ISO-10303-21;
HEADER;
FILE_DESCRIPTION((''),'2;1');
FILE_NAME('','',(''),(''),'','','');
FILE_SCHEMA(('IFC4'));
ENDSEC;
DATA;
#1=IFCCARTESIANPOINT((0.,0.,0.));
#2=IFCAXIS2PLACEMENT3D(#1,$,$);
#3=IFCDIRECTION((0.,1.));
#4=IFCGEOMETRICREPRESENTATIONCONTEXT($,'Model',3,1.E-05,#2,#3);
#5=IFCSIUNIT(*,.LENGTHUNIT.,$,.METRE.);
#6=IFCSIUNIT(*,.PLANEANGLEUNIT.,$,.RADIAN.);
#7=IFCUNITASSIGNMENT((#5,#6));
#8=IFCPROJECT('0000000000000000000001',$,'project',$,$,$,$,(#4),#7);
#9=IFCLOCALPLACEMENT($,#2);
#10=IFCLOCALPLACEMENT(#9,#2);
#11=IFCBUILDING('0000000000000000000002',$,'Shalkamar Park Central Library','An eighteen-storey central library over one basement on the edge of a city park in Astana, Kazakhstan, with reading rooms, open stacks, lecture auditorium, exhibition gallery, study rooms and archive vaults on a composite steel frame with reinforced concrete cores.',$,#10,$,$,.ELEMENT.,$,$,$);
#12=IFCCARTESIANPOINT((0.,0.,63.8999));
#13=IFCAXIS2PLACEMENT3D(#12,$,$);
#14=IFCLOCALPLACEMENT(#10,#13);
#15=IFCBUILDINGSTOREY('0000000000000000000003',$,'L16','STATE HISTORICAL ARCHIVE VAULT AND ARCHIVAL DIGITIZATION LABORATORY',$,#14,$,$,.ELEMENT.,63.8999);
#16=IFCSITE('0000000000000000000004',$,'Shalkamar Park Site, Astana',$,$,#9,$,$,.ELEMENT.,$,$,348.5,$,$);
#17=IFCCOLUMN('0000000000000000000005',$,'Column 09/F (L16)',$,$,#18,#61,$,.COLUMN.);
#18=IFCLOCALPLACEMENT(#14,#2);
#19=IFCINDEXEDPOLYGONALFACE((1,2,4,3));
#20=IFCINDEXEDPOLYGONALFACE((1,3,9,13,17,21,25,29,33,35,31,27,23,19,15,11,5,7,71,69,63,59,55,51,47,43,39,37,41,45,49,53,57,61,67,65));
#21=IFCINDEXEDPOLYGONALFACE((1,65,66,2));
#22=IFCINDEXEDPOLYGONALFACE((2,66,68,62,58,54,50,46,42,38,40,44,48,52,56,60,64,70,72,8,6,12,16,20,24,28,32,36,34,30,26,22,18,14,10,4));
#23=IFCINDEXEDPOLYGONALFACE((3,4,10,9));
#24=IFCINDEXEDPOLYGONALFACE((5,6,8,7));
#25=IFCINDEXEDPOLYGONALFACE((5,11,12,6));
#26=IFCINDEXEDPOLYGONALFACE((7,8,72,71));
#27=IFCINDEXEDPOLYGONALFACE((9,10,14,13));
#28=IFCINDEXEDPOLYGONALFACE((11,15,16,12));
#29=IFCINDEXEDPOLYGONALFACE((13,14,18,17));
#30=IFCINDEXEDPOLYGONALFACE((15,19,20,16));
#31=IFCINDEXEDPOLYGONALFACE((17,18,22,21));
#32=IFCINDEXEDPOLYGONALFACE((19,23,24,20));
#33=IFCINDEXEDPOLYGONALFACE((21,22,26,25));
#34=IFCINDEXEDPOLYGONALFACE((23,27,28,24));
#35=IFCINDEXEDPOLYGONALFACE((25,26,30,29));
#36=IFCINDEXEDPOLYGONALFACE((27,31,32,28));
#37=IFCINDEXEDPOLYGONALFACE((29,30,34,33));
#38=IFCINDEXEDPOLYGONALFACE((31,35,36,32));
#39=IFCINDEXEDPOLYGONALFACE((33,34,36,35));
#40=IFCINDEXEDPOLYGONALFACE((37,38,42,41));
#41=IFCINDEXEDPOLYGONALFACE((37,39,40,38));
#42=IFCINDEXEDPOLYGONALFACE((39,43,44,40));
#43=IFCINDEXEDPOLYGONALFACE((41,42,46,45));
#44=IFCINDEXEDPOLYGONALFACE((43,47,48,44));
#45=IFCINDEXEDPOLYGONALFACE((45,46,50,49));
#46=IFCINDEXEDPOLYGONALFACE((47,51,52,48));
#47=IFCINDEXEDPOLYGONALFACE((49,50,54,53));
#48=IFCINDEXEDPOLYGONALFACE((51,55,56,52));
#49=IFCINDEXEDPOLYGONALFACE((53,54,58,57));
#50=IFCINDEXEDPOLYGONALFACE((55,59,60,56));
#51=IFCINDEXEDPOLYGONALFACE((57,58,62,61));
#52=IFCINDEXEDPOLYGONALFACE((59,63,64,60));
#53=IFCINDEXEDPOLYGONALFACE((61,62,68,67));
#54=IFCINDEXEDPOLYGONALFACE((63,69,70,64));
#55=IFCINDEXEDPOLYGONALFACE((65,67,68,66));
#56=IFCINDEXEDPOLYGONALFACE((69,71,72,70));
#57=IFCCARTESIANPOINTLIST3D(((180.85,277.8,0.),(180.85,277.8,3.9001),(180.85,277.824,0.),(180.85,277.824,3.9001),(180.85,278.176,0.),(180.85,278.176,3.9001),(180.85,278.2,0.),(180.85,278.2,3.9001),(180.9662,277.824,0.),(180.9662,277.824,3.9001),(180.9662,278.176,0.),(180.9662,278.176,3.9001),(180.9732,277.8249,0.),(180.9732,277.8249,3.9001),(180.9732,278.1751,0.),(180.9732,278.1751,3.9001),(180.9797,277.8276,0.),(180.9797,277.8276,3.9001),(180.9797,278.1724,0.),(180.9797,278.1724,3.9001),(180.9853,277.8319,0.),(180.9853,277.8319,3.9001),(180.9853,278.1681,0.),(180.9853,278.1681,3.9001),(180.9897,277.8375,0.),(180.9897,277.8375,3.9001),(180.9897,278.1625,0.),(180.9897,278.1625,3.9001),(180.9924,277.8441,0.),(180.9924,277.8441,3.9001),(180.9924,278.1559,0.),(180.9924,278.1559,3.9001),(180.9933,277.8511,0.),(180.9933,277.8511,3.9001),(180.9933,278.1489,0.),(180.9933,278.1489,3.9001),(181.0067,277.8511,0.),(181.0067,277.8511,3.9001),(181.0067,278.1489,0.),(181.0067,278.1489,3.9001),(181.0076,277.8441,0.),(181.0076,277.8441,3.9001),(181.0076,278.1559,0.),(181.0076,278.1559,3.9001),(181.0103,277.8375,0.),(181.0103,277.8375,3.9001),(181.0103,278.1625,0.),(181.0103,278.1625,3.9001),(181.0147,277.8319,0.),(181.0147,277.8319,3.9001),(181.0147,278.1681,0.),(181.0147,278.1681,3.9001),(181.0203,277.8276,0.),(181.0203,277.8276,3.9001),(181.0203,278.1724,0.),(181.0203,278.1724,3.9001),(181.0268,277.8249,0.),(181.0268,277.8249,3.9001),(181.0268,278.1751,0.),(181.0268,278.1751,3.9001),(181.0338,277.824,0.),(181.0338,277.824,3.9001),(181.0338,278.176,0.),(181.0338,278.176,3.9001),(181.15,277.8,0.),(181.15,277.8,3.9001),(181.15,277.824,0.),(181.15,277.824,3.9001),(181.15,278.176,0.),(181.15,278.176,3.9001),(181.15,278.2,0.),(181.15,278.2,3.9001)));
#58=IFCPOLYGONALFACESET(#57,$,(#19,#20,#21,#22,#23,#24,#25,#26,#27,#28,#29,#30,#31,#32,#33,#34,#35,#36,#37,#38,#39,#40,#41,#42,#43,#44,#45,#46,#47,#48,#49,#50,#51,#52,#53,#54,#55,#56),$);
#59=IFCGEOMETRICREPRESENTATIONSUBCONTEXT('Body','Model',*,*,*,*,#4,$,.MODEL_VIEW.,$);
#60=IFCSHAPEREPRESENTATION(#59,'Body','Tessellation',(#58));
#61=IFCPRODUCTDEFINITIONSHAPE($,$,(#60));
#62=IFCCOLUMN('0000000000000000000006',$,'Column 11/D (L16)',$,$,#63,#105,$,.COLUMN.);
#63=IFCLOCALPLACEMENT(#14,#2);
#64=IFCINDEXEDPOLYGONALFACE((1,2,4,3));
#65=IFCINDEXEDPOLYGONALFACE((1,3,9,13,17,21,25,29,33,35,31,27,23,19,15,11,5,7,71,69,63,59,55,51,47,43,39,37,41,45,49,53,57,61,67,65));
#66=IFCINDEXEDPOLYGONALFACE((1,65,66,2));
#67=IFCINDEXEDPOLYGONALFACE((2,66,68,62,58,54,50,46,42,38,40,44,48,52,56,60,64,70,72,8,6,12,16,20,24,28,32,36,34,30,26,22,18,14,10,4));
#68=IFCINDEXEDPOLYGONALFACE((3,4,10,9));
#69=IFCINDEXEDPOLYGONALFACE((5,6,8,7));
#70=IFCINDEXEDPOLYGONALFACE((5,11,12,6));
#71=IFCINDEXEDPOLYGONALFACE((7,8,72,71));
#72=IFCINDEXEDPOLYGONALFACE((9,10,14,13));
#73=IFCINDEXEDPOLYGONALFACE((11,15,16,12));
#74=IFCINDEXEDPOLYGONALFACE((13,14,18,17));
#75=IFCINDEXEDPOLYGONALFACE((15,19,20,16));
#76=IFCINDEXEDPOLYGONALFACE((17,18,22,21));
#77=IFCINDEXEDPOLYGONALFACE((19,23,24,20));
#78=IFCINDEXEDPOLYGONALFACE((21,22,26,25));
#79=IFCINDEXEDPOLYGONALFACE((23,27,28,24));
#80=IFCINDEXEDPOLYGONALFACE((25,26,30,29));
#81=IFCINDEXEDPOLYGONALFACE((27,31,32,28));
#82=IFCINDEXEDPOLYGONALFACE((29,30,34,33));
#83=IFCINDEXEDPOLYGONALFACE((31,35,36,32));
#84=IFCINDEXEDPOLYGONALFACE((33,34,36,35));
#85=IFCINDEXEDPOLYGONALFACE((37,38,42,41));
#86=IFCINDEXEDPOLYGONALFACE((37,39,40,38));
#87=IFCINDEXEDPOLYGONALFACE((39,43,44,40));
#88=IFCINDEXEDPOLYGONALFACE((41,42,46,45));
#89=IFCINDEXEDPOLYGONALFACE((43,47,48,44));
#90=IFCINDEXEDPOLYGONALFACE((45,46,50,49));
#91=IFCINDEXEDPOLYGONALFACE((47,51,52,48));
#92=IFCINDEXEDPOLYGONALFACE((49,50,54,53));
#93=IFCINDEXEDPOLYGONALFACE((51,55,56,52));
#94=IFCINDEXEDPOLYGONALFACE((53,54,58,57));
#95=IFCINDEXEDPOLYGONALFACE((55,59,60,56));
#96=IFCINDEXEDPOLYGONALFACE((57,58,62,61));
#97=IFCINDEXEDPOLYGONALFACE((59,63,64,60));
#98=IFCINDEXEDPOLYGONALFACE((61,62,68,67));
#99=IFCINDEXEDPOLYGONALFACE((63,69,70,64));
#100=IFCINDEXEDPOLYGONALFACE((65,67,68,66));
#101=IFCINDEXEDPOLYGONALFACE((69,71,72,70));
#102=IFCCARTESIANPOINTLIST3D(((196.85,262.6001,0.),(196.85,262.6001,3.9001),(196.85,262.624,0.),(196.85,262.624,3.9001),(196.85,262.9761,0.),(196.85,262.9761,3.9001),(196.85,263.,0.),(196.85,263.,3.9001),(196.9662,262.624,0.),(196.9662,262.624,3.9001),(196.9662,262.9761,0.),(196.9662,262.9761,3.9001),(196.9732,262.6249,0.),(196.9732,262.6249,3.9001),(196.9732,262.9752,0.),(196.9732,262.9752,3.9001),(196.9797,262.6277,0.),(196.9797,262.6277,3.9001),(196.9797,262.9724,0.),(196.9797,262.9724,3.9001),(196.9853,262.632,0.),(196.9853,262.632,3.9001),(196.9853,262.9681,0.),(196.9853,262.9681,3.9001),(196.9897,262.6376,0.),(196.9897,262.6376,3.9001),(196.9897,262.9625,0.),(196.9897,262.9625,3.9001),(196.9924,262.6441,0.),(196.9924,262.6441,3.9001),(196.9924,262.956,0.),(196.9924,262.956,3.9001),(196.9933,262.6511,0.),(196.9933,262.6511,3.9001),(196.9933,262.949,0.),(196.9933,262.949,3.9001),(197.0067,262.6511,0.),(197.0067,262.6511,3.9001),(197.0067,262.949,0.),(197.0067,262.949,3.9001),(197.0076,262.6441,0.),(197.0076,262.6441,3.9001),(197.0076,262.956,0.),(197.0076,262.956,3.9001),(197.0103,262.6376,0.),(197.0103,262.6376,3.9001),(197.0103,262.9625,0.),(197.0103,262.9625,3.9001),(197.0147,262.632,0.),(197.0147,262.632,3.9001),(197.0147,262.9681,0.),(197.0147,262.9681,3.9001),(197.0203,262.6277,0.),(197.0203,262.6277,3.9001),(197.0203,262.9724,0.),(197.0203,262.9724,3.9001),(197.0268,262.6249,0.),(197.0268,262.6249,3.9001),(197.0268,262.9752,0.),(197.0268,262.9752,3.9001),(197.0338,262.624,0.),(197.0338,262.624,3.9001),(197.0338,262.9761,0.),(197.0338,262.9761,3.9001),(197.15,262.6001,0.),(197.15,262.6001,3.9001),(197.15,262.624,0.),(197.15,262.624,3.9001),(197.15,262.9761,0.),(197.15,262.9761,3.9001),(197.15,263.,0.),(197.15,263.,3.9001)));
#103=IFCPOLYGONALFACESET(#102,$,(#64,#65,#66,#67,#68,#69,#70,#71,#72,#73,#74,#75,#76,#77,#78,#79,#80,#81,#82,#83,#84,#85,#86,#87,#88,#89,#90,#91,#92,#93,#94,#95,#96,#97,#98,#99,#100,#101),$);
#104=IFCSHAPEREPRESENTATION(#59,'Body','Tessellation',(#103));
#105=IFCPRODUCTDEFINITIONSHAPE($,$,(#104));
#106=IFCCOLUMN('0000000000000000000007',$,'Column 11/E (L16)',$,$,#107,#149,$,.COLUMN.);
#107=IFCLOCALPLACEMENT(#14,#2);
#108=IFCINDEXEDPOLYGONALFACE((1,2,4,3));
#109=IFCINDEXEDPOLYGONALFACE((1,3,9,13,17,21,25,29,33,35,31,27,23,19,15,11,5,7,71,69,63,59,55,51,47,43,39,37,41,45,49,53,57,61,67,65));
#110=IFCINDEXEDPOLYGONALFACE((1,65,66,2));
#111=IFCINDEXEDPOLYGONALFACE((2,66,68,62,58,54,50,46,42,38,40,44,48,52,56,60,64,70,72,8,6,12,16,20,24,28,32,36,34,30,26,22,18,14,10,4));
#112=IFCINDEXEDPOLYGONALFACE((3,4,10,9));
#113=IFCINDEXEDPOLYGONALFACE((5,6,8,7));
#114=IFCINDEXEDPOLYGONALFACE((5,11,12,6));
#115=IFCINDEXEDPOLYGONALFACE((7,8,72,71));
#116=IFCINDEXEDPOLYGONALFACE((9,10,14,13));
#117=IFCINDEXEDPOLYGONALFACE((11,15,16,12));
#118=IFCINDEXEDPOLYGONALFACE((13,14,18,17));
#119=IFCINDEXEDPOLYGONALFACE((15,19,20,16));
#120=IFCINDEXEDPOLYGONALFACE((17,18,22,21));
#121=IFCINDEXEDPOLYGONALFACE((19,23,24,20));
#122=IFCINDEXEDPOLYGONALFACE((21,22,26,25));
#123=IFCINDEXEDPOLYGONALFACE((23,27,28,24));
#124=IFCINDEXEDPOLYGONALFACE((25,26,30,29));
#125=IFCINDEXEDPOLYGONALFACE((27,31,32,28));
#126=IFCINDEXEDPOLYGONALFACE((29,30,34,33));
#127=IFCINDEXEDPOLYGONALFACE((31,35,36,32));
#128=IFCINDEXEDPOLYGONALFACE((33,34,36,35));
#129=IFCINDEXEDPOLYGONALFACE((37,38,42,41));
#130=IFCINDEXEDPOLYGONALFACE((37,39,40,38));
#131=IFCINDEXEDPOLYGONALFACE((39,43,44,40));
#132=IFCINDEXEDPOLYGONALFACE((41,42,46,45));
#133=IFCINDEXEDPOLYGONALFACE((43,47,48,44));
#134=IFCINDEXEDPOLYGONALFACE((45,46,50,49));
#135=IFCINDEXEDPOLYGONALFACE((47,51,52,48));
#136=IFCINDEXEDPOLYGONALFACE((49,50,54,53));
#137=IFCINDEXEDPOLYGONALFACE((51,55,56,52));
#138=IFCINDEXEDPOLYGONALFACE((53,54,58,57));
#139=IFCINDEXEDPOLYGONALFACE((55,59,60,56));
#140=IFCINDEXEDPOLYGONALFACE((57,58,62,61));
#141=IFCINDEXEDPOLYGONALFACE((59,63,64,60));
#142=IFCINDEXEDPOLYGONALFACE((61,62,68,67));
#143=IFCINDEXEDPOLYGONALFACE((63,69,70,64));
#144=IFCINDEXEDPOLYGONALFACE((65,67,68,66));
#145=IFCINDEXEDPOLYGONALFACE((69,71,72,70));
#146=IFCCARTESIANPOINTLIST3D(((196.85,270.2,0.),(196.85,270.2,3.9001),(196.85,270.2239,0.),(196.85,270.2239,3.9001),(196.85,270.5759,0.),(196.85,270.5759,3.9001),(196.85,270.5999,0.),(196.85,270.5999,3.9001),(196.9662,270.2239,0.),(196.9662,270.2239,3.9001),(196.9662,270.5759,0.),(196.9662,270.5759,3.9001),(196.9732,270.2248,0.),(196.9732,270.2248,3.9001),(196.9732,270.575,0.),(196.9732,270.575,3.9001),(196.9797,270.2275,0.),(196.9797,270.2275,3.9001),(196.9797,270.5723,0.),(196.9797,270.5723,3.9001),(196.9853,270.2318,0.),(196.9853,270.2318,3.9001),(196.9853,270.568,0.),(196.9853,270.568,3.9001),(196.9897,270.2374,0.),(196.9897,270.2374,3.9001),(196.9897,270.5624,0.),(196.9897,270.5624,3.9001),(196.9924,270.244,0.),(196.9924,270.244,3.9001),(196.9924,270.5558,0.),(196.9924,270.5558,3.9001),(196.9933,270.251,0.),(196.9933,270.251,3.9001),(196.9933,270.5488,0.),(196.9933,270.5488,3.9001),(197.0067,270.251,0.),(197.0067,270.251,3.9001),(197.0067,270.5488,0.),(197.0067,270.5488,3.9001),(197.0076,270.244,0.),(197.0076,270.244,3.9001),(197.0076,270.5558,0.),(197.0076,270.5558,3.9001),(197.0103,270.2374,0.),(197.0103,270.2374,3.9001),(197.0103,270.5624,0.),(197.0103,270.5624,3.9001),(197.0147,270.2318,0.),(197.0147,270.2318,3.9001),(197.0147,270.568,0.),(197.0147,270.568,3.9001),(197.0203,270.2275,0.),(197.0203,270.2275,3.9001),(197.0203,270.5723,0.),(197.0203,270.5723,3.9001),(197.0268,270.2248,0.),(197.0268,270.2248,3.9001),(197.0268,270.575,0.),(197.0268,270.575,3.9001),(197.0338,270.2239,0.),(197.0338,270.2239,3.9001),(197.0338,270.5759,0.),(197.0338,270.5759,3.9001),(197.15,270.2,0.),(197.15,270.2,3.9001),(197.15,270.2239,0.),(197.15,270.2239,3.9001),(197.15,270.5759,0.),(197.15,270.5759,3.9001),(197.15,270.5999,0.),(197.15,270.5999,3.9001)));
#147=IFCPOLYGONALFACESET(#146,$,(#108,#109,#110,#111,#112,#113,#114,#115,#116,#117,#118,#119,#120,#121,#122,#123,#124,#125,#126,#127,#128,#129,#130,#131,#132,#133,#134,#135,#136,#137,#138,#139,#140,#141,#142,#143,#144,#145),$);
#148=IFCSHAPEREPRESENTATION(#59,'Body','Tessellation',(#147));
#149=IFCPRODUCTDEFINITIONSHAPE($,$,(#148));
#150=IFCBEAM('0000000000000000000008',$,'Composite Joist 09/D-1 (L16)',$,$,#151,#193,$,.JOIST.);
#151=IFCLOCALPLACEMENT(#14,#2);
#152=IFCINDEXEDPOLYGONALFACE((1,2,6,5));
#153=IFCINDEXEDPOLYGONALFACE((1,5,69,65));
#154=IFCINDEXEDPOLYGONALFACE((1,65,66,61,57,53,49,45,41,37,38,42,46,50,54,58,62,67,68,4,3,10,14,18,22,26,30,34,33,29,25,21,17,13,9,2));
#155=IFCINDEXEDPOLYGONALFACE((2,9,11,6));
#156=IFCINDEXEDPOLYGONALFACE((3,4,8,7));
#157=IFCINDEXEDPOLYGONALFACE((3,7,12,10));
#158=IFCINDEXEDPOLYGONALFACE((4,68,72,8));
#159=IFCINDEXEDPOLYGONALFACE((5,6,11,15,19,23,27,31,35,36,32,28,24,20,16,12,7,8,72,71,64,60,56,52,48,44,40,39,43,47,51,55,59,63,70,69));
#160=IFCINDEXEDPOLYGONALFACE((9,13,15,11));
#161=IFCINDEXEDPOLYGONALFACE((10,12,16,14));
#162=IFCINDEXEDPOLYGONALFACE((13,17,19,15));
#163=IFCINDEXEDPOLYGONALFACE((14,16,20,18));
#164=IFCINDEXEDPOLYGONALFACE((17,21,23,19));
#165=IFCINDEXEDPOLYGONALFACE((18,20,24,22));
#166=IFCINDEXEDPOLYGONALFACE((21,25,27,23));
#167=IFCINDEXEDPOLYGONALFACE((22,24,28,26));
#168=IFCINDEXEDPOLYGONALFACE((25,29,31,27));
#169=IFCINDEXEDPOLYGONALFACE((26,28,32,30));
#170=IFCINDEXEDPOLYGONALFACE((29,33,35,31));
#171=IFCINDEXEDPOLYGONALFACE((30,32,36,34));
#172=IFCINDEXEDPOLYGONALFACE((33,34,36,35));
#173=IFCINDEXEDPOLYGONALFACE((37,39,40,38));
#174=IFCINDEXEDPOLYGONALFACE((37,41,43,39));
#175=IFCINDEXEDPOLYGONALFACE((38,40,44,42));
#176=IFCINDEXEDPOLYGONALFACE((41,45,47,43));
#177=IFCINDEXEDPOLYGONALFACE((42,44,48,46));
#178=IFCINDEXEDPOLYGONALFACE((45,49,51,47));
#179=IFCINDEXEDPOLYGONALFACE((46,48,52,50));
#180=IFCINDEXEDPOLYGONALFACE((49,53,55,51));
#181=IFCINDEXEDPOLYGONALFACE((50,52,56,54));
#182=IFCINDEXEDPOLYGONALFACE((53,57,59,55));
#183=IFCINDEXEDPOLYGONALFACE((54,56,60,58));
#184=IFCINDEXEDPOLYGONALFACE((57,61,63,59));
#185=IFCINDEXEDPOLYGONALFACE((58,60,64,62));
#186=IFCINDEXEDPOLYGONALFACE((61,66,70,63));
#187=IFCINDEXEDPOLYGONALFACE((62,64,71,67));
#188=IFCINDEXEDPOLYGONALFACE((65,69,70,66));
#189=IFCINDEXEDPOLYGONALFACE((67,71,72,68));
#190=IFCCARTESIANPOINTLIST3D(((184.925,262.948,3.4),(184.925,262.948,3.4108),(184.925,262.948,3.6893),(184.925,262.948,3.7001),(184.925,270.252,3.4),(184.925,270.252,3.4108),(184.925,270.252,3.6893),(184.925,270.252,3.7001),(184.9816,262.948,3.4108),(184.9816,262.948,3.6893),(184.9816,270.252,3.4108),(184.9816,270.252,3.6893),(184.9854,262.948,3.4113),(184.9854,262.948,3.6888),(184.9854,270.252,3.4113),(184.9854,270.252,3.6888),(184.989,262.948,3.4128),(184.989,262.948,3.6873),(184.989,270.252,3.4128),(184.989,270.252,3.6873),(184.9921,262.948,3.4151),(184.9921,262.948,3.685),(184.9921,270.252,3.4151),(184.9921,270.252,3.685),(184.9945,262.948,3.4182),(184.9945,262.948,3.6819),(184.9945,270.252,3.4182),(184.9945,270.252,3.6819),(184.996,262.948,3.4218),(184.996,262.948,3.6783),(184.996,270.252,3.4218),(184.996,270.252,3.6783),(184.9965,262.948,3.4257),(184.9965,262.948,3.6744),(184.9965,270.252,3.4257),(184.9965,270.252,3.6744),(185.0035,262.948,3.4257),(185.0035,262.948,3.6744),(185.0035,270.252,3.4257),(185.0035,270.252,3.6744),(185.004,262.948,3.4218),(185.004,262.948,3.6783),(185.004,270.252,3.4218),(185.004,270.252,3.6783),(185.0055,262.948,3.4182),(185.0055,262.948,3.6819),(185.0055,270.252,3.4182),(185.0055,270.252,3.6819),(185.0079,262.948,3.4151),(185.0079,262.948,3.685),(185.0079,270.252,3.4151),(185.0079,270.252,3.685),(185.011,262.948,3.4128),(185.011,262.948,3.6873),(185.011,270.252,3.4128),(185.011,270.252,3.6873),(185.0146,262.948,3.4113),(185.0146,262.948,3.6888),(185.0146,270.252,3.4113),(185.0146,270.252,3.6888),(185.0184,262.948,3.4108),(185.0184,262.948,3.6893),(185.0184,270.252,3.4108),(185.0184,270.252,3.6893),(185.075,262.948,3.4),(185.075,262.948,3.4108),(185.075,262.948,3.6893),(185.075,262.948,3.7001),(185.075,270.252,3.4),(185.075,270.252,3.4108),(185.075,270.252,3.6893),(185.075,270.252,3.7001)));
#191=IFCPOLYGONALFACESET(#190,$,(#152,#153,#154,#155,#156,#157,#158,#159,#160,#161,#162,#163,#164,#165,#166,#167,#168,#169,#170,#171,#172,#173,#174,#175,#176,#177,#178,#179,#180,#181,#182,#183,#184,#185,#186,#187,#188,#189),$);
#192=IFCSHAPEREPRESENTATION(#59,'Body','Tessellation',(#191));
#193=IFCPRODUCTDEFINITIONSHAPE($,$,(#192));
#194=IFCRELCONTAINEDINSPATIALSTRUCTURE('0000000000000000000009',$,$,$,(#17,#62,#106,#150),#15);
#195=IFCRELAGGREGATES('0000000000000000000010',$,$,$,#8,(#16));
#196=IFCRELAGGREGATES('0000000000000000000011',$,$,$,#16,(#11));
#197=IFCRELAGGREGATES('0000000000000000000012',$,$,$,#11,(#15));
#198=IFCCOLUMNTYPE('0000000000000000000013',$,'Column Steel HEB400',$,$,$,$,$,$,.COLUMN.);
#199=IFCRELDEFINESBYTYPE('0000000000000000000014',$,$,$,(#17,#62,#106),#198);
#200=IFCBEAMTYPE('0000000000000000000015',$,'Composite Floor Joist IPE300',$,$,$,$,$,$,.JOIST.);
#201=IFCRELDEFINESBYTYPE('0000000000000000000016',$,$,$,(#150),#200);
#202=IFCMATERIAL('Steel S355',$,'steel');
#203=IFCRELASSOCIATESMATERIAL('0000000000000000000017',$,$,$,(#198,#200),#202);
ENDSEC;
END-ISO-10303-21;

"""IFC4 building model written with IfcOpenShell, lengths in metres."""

from ifc_helpers import new_model, si_unit, direction, frame, origin, origin_2d, place, context, subcontext, project, spatial, i_section, extrude, material, material_profile, profile_set, type_object, element, save


model = new_model("IFC4")

# Units and contexts
model_context = context("Model", 3, precision=1e-05, world=origin(), true_north=direction((0.0, 1.0)))
body_context = subcontext(model_context, "Body", "Model", "MODEL_VIEW")
ifc_project = project(units=[si_unit("LENGTHUNIT", "METRE"), si_unit("PLANEANGLEUNIT", "RADIAN")], contexts=[model_context])

# Site, building, storey
site_placement = place(None, origin())
site = spatial("IfcSite", under=ifc_project, at=site_placement, Name="Shalkamar Park Site, Astana", CompositionType="ELEMENT", RefElevation=348.5)
building_placement = place(site_placement, origin())
building = spatial("IfcBuilding", under=site, at=building_placement, Name="Shalkamar Park Central Library", Description="An eighteen-storey central library over one basement on the edge of a city park in Astana, Kazakhstan, with reading rooms, open stacks, lecture auditorium, exhibition gallery, study rooms and archive vaults on a composite steel frame with reinforced concrete cores.", CompositionType="ELEMENT")
storey_placement = place(building_placement, frame((0.0, 0.0, 63.8999)))
storey = spatial("IfcBuildingStorey", under=building, at=storey_placement, Name="L16", Description="STATE HISTORICAL ARCHIVE VAULT AND ARCHIVAL DIGITIZATION LABORATORY", CompositionType="ELEMENT", Elevation=63.8999)

# Columns
ifc_material_1 = material(Name="Steel S355", Category="steel")
ifc_material_profile_1 = material_profile(ifc_material_1, i_section(OverallWidth=0.3, OverallDepth=0.3999, WebThickness=0.0134, FlangeThickness=0.0239, FilletRadius=0.0271, at=origin_2d()), Name="HEB 400")
ifc_profile_set_1 = profile_set([ifc_material_profile_1], Name="Steel S355")
column_type_1 = type_object("IfcColumnType", Name="Column Steel HEB400", PredefinedType="COLUMN", material=ifc_profile_set_1)
for number, where, z_axis, x_axis, name in (
    (1, (181.0, 278.0, 0.0), (0.0, 0.0, 1.0), (1.0, 0.0, 0.0), "Column 09/F (L16)"),
    (2, (197.0, 262.8, 0.0), (0.0, 0.0, 1.0), (1.0, 0.0, 0.0), "Column 11/D (L16)"),
    (3, (197.0, 270.3999, 0.0), (0.0, 0.0, 1.0), (1.0, 0.0, 0.0), "Column 11/E (L16)"),
):
    element("IfcColumn", number, at=place(storey_placement, frame(where, z_axis=z_axis, x_axis=x_axis)), inside=storey, type_object=column_type_1, Name=name, PredefinedType="COLUMN", context=body_context, shape_type="SweptSolid", body=[
        extrude(i_section(OverallWidth=0.3, OverallDepth=0.3999, WebThickness=0.0134, FlangeThickness=0.0239, FilletRadius=0.0271, at=origin_2d()), origin(), (0.0, 0.0, 1.0), 3.9001),
    ])

# Beam
ifc_material_profile_2 = material_profile(ifc_material_1, i_section(OverallWidth=0.1499, OverallDepth=0.3, WebThickness=0.0071, FlangeThickness=0.0107, FilletRadius=0.0149, at=origin_2d()), Name="IPE 300")
ifc_profile_set_2 = profile_set([ifc_material_profile_2], Name="Steel S355")
beam_type_1 = type_object("IfcBeamType", Name="Composite Floor Joist IPE300", PredefinedType="JOIST", material=ifc_profile_set_2)
for number, where, z_axis, x_axis, name in (
    (4, (185.0, 262.948, 3.55), (0.0, 1.0, 0.0), (-1.0, 0.0, 0.0), "Composite Joist 09/D-1 (L16)"),
):
    element("IfcBeam", number, at=place(storey_placement, frame(where, z_axis=z_axis, x_axis=x_axis)), inside=storey, type_object=beam_type_1, Name=name, PredefinedType="JOIST", context=body_context, shape_type="SweptSolid", body=[
        extrude(i_section(OverallWidth=0.1499, OverallDepth=0.3, WebThickness=0.0071, FlangeThickness=0.0107, FilletRadius=0.0149, at=origin_2d()), origin(), (0.0, 0.0, 1.0), 7.304),
    ])

save(model, "model.ifc")
